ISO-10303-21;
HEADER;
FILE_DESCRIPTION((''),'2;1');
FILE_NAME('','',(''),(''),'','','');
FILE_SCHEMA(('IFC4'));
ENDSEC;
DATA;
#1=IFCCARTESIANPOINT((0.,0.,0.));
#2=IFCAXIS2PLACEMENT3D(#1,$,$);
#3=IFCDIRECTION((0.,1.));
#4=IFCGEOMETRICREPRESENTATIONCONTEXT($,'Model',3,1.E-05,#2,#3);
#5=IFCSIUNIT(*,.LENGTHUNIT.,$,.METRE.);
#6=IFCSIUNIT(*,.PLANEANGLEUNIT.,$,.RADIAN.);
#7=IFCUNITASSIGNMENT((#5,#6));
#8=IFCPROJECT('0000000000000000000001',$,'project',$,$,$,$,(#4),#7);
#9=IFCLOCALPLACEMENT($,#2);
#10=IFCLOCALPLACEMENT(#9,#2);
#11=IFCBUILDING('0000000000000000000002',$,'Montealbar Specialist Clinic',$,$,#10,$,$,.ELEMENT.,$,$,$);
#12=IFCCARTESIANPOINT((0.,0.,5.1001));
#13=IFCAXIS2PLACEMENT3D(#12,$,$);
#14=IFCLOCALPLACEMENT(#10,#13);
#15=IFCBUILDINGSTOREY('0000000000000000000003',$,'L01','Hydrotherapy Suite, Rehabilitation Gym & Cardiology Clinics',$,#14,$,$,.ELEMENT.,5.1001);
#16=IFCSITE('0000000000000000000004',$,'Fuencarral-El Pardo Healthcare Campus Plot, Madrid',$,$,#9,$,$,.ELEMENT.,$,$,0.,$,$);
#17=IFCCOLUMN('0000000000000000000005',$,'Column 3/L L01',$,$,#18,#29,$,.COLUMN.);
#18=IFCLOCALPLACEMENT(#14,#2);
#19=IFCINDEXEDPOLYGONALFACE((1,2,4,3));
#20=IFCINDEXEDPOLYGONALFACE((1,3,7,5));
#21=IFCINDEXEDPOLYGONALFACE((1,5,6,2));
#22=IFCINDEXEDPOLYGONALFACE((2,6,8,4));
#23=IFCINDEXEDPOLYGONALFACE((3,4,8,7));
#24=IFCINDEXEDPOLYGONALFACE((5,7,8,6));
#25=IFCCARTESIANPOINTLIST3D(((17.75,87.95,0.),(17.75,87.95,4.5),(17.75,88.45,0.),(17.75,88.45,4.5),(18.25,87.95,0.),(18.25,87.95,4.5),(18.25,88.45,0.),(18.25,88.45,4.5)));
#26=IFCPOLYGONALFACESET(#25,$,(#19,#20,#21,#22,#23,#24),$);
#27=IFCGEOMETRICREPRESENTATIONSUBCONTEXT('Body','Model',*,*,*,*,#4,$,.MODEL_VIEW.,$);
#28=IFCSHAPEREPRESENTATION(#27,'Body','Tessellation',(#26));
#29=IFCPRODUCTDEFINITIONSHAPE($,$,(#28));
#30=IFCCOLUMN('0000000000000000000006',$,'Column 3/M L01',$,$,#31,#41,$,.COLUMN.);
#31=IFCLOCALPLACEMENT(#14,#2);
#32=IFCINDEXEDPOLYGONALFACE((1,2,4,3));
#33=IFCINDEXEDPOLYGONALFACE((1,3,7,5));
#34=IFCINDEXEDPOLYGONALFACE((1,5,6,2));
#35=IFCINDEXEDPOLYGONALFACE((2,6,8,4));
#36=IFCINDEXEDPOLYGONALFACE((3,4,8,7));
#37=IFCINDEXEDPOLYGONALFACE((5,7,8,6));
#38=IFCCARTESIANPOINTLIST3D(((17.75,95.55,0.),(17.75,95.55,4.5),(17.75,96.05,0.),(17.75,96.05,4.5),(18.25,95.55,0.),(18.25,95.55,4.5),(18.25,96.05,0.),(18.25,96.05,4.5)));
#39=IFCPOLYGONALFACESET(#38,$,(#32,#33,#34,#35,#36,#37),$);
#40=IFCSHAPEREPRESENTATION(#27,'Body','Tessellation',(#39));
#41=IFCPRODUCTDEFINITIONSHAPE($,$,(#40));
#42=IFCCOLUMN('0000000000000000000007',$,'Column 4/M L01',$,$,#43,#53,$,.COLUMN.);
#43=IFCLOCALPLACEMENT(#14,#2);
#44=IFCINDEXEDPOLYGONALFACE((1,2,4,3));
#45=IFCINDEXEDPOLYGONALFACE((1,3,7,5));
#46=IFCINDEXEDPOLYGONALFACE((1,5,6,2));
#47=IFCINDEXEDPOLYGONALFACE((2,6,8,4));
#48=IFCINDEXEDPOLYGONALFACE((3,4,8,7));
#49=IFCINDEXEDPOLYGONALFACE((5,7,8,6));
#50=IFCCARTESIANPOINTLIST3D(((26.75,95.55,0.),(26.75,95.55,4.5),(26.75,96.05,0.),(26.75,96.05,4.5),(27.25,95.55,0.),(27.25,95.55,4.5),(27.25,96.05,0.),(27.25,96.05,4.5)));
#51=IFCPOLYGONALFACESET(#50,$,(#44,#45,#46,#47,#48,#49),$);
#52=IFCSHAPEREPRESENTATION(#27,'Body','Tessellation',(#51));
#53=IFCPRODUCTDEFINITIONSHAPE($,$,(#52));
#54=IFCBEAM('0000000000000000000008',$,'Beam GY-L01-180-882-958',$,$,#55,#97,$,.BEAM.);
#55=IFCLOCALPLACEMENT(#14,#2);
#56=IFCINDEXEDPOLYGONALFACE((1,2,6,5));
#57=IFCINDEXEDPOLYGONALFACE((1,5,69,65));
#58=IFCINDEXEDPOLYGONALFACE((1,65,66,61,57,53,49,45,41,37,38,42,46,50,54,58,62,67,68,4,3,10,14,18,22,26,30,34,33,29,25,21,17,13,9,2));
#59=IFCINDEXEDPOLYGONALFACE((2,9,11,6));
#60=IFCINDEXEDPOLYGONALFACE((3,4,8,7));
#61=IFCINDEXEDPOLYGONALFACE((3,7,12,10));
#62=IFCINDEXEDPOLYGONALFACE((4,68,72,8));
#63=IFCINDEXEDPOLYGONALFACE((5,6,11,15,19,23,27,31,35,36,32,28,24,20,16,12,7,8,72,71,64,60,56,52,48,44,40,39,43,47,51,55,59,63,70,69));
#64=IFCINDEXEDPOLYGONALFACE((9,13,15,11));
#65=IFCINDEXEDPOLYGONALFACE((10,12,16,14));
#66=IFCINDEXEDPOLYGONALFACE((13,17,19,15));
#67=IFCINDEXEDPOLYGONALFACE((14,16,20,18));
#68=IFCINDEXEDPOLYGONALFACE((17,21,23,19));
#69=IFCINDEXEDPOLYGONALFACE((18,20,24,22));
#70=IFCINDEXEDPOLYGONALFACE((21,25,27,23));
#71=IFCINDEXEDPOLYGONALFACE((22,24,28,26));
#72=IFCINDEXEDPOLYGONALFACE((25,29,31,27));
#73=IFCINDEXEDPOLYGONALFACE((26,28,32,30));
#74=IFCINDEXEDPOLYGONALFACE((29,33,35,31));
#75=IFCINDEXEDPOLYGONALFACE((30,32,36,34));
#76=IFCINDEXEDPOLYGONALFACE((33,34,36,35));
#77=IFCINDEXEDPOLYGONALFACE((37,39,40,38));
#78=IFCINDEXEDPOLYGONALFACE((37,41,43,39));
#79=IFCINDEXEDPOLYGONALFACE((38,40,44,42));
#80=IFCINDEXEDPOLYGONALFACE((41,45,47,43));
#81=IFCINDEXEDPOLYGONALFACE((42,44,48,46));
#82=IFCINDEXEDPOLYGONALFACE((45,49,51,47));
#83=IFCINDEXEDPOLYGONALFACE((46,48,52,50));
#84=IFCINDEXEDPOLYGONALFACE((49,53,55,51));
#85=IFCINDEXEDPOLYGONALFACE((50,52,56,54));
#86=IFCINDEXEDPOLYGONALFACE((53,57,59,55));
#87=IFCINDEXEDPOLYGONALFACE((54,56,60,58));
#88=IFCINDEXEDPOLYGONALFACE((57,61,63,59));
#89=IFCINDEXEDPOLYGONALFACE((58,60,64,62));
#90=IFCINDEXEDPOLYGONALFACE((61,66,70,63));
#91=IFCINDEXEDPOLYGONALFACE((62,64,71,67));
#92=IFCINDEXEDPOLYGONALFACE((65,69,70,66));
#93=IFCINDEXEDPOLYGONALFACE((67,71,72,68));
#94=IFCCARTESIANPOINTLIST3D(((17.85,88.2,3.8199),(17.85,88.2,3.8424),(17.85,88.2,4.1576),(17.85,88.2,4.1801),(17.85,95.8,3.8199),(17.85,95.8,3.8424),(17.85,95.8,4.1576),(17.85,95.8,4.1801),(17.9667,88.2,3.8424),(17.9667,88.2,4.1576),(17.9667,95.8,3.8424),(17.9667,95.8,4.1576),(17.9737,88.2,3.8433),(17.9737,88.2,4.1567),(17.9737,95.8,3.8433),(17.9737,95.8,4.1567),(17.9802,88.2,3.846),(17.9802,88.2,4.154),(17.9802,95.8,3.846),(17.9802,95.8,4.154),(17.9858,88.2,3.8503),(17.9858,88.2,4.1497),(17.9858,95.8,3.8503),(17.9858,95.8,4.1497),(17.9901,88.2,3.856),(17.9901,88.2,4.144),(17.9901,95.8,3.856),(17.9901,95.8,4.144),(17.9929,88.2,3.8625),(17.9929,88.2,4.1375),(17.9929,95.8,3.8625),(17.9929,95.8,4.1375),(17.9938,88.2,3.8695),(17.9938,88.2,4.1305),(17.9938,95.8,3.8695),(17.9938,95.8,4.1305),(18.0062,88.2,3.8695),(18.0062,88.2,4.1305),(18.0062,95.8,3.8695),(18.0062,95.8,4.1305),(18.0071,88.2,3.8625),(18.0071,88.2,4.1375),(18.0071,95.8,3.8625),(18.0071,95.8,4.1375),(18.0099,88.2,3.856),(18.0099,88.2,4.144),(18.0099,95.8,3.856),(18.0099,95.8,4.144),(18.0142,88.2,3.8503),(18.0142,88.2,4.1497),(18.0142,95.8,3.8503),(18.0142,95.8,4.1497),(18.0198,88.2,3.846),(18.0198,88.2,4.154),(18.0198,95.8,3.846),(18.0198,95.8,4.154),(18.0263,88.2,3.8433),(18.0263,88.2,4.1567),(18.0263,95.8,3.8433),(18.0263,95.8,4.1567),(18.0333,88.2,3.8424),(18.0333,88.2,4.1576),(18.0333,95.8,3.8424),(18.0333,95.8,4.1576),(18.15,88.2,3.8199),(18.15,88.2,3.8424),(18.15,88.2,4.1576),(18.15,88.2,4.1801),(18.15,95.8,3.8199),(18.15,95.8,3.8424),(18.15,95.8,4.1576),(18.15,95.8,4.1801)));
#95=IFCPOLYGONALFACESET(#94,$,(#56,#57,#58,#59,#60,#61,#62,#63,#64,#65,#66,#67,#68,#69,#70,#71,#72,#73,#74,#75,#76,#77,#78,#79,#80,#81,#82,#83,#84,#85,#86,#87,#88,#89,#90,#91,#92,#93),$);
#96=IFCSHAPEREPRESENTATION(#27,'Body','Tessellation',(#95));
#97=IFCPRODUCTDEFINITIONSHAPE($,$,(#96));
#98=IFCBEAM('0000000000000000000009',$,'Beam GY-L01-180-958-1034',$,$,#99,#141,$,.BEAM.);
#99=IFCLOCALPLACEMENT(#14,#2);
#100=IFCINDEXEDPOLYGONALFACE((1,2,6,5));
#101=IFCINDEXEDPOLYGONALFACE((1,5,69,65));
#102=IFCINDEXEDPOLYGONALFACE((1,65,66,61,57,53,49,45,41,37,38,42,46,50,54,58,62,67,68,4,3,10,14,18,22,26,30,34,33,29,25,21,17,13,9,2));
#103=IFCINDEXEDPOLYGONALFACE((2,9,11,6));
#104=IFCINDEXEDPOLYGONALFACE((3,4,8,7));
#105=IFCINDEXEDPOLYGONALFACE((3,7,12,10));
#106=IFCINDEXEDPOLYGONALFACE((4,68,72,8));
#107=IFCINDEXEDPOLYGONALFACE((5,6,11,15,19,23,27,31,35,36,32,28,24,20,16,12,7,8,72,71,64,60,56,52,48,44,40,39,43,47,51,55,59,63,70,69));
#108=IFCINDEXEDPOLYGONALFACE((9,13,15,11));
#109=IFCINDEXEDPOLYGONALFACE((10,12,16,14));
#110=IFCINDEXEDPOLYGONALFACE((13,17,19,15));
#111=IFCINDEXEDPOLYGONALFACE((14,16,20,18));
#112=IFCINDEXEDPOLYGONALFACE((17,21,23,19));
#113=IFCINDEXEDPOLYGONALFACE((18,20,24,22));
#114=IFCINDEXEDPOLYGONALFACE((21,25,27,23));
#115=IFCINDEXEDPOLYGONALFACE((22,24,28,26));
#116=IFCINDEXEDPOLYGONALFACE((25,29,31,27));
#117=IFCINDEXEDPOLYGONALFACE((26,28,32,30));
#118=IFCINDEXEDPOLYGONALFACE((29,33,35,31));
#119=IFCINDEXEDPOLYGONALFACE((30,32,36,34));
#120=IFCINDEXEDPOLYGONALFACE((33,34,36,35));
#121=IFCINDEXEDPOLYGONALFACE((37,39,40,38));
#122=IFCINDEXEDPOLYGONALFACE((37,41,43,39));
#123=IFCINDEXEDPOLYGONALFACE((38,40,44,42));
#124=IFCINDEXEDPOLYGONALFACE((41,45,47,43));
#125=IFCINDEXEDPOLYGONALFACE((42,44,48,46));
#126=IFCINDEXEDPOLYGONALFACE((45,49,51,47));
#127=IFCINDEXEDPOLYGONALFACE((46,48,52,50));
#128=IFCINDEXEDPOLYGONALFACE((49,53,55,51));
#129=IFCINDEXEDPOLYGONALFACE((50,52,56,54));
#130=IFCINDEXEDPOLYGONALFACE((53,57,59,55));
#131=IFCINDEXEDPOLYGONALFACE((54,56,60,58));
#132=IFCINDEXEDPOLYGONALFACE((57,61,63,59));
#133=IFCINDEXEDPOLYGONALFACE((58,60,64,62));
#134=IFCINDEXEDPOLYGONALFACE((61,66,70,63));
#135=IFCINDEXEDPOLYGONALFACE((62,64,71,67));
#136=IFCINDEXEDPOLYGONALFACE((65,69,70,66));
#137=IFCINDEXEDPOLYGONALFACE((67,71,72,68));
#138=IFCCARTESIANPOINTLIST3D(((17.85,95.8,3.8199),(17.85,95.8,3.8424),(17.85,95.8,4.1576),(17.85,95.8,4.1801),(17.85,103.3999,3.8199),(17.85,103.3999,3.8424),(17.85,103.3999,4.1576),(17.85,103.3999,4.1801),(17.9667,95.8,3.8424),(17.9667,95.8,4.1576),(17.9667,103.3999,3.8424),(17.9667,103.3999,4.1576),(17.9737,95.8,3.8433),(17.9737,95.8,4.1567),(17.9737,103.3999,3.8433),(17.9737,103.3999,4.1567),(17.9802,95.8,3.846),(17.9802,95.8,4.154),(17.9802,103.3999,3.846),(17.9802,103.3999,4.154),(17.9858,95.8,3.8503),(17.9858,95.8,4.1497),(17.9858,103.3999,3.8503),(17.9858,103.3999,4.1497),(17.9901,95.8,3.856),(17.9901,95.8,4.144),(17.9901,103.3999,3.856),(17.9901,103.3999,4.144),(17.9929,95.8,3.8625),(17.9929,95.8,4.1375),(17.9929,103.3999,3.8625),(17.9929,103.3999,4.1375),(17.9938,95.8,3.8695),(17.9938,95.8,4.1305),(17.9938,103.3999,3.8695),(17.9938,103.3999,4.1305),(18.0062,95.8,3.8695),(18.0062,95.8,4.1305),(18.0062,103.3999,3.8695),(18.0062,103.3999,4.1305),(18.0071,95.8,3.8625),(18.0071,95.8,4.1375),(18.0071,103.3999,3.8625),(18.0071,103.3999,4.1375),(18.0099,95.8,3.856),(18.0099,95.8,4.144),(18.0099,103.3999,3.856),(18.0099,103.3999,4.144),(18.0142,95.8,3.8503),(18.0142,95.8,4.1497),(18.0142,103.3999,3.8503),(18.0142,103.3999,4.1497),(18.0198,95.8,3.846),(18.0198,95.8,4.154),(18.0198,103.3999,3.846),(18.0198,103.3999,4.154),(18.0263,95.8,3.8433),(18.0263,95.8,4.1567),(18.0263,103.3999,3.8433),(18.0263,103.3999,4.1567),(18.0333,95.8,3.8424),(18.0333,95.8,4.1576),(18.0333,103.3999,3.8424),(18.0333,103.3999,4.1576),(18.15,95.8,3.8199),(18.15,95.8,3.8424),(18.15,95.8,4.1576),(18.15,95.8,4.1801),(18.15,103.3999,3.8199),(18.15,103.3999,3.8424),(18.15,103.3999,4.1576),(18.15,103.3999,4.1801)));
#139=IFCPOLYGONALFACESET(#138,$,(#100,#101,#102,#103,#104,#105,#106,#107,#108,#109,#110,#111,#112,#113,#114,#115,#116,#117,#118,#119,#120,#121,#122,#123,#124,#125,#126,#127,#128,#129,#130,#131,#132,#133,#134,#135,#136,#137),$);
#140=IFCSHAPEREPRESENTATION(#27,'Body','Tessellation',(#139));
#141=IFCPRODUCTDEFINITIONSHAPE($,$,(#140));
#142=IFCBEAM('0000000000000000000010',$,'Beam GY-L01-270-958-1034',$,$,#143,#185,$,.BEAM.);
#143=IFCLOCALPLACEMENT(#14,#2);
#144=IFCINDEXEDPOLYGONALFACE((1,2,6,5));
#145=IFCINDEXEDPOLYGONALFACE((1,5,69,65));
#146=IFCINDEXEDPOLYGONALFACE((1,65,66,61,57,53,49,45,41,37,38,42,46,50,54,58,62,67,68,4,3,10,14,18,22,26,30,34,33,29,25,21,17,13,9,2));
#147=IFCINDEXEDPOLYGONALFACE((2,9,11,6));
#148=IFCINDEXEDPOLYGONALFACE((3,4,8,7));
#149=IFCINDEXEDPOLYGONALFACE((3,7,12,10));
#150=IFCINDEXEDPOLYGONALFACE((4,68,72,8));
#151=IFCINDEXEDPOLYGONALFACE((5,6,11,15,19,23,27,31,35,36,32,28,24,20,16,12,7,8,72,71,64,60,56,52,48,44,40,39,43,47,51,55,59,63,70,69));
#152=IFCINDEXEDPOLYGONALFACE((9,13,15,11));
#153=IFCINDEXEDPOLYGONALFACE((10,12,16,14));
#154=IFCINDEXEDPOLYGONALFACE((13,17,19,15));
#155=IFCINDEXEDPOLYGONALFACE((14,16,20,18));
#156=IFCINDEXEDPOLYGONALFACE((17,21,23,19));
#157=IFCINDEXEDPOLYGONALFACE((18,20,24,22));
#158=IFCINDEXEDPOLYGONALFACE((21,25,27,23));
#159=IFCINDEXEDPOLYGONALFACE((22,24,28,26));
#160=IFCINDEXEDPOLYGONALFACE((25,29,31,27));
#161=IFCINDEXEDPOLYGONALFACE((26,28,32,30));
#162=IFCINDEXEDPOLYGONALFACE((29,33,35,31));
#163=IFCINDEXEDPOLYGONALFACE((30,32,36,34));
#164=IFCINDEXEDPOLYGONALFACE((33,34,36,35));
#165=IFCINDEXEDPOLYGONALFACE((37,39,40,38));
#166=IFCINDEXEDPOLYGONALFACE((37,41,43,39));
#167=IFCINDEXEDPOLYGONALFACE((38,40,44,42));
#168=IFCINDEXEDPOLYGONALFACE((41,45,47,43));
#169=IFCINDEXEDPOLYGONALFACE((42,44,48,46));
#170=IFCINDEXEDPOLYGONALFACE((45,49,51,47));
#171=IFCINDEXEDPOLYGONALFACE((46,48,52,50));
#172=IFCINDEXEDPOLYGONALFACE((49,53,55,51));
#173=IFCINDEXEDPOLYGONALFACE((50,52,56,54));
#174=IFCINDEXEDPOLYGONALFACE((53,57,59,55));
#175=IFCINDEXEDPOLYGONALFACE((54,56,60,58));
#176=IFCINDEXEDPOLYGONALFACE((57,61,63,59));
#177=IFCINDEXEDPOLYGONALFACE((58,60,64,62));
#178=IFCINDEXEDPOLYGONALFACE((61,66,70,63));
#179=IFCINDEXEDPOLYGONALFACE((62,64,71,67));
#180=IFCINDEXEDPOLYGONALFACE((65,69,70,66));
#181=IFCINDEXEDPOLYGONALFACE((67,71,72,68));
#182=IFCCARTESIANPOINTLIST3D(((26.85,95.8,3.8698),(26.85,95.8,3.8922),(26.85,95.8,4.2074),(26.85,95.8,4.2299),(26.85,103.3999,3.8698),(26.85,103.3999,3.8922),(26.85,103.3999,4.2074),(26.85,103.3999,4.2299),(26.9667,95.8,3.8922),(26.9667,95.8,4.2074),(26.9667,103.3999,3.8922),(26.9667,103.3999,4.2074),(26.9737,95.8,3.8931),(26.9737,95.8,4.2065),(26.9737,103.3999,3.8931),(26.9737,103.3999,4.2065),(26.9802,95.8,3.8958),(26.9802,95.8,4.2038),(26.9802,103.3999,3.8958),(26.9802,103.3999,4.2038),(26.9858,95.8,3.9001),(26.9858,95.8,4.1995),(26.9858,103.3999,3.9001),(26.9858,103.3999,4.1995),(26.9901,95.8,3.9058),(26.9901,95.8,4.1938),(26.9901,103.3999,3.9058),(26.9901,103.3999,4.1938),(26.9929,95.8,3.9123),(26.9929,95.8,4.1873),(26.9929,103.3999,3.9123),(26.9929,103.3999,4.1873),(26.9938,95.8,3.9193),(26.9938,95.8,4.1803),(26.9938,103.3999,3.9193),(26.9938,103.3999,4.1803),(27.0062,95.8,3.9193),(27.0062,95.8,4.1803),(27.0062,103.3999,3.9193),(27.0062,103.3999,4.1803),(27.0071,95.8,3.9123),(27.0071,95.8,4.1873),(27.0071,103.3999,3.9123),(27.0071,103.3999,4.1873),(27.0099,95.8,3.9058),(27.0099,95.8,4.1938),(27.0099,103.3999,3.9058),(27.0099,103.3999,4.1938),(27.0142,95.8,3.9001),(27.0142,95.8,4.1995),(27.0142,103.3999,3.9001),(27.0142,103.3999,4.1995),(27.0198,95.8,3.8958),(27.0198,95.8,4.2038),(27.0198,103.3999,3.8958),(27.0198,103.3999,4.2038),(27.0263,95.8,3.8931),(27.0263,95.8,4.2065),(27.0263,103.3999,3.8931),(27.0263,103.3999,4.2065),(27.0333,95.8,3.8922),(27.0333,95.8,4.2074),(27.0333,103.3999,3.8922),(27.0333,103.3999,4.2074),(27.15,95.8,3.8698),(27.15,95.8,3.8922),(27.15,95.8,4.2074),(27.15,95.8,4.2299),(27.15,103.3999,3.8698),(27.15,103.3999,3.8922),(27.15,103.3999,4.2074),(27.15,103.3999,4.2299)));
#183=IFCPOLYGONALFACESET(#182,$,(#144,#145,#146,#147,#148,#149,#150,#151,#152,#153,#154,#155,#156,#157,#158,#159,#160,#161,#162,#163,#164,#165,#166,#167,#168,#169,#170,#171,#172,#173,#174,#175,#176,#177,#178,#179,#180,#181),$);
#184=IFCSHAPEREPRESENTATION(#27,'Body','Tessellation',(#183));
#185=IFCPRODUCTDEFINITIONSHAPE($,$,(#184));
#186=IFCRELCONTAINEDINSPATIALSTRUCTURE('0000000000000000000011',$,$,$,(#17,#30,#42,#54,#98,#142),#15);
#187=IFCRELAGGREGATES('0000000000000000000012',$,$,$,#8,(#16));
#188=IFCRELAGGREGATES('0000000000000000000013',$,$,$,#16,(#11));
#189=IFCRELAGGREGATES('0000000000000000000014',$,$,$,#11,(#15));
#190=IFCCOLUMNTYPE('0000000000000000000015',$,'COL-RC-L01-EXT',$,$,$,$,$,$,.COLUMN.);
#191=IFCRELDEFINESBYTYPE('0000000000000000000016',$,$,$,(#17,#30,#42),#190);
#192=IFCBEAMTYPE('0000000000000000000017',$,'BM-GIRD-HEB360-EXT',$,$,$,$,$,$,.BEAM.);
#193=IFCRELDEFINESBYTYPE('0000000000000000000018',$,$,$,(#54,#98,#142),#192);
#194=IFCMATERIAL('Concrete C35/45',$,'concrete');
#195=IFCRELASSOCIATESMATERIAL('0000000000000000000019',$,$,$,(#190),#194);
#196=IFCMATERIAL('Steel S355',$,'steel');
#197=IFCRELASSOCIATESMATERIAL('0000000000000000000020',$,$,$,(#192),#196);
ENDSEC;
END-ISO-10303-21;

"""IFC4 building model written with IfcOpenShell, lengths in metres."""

from ifc_helpers import new_model, si_unit, direction, frame, origin, origin_2d, place, context, subcontext, project, spatial, rectangle, i_section, extrude, material, material_profile, profile_set, type_object, element, save


model = new_model("IFC4")

# Units and contexts
model_context = context("Model", 3, precision=1e-05, world=origin(), true_north=direction((0.0, 1.0)))
body_context = subcontext(model_context, "Body", "Model", "MODEL_VIEW")
ifc_project = project(units=[si_unit("LENGTHUNIT", "METRE"), si_unit("PLANEANGLEUNIT", "RADIAN")], contexts=[model_context])

# Site, building, storey
site_placement = place(None, origin())
site = spatial("IfcSite", under=ifc_project, at=site_placement, Name="Fuencarral-El Pardo Healthcare Campus Plot, Madrid", CompositionType="ELEMENT", RefElevation=0.0)
building_placement = place(site_placement, origin())
building = spatial("IfcBuilding", under=site, at=building_placement, Name="Montealbar Specialist Clinic", CompositionType="ELEMENT")
storey_placement = place(building_placement, frame((0.0, 0.0, 5.1001)))
storey = spatial("IfcBuildingStorey", under=building, at=storey_placement, Name="L01", Description="Hydrotherapy Suite, Rehabilitation Gym & Cardiology Clinics", CompositionType="ELEMENT", Elevation=5.1001)

# Columns
ifc_material_1 = material(Name="Concrete C35/45", Category="concrete")
ifc_material_profile_1 = material_profile(ifc_material_1, rectangle(XDim=0.5, YDim=0.5, at=origin_2d()), Name="RC 500x500", Category="concrete")
ifc_profile_set_1 = profile_set([ifc_material_profile_1], Name="Concrete C35/45")
column_type = type_object("IfcColumnType", Name="COL-RC-L01-EXT", PredefinedType="COLUMN", material=ifc_profile_set_1)
for number, where, z_axis, x_axis, name in (
    (1, (18.0, 88.2, 0.0), (0.0, 0.0, 1.0), (1.0, 0.0, 0.0), "Column 3/L L01"),
    (2, (18.0, 95.8, 0.0), (0.0, 0.0, 1.0), (1.0, 0.0, 0.0), "Column 3/M L01"),
    (3, (27.0, 95.8, 0.0), (0.0, 0.0, 1.0), (1.0, 0.0, 0.0), "Column 4/M L01"),
):
    element("IfcColumn", number, at=place(storey_placement, frame(where, z_axis=z_axis, x_axis=x_axis)), inside=storey, type_object=column_type, Name=name, PredefinedType="COLUMN", context=body_context, shape_type="SweptSolid", body=[
        extrude(rectangle(XDim=0.5, YDim=0.5, at=origin_2d()), origin(), (0.0, 0.0, 1.0), 4.5),
    ])

# Beams
ifc_material_2 = material(Name="Steel S355", Category="steel")
ifc_material_profile_2 = material_profile(ifc_material_2, i_section(OverallWidth=0.3, OverallDepth=0.3601, WebThickness=0.0125, FlangeThickness=0.0225, FilletRadius=0.0271, at=origin_2d()), Name="HEB 360", Category="steel")
ifc_profile_set_2 = profile_set([ifc_material_profile_2], Name="Steel S355")
beam_type_1 = type_object("IfcBeamType", Name="BM-GIRD-HEB360-EXT", PredefinedType="BEAM", material=ifc_profile_set_2)
beam_1_placement = place(storey_placement, frame((18.0, 88.2, 4.0), z_axis=(0.0, 1.0, 0.0), x_axis=(-1.0, 0.0, 0.0)))
element("IfcBeam", 4, at=beam_1_placement, inside=storey, type_object=beam_type_1, Name="Beam GY-L01-180-882-958", PredefinedType="BEAM", context=body_context, shape_type="SweptSolid", body=[
    extrude(i_section(OverallWidth=0.3, OverallDepth=0.3601, WebThickness=0.0125, FlangeThickness=0.0225, FilletRadius=0.0271, at=origin_2d()), origin(), (0.0, 0.0, 1.0), 7.6001),
])
for number, where, z_axis, x_axis, name in (
    (5, (18.0, 95.8, 4.0), (0.0, 1.0, 0.0), (-1.0, 0.0, 0.0), "Beam GY-L01-180-958-1034"),
    (6, (27.0, 95.8, 4.0498), (0.0, 1.0, 0.0), (-1.0, 0.0, 0.0), "Beam GY-L01-270-958-1034"),
):
    element("IfcBeam", number, at=place(storey_placement, frame(where, z_axis=z_axis, x_axis=x_axis)), inside=storey, type_object=beam_type_1, Name=name, PredefinedType="BEAM", context=body_context, shape_type="SweptSolid", body=[
        extrude(i_section(OverallWidth=0.3, OverallDepth=0.3601, WebThickness=0.0125, FlangeThickness=0.0225, FilletRadius=0.0271, at=origin_2d()), origin(), (0.0, 0.0, 1.0), 7.5999),
    ])

save(model, "model.ifc")
